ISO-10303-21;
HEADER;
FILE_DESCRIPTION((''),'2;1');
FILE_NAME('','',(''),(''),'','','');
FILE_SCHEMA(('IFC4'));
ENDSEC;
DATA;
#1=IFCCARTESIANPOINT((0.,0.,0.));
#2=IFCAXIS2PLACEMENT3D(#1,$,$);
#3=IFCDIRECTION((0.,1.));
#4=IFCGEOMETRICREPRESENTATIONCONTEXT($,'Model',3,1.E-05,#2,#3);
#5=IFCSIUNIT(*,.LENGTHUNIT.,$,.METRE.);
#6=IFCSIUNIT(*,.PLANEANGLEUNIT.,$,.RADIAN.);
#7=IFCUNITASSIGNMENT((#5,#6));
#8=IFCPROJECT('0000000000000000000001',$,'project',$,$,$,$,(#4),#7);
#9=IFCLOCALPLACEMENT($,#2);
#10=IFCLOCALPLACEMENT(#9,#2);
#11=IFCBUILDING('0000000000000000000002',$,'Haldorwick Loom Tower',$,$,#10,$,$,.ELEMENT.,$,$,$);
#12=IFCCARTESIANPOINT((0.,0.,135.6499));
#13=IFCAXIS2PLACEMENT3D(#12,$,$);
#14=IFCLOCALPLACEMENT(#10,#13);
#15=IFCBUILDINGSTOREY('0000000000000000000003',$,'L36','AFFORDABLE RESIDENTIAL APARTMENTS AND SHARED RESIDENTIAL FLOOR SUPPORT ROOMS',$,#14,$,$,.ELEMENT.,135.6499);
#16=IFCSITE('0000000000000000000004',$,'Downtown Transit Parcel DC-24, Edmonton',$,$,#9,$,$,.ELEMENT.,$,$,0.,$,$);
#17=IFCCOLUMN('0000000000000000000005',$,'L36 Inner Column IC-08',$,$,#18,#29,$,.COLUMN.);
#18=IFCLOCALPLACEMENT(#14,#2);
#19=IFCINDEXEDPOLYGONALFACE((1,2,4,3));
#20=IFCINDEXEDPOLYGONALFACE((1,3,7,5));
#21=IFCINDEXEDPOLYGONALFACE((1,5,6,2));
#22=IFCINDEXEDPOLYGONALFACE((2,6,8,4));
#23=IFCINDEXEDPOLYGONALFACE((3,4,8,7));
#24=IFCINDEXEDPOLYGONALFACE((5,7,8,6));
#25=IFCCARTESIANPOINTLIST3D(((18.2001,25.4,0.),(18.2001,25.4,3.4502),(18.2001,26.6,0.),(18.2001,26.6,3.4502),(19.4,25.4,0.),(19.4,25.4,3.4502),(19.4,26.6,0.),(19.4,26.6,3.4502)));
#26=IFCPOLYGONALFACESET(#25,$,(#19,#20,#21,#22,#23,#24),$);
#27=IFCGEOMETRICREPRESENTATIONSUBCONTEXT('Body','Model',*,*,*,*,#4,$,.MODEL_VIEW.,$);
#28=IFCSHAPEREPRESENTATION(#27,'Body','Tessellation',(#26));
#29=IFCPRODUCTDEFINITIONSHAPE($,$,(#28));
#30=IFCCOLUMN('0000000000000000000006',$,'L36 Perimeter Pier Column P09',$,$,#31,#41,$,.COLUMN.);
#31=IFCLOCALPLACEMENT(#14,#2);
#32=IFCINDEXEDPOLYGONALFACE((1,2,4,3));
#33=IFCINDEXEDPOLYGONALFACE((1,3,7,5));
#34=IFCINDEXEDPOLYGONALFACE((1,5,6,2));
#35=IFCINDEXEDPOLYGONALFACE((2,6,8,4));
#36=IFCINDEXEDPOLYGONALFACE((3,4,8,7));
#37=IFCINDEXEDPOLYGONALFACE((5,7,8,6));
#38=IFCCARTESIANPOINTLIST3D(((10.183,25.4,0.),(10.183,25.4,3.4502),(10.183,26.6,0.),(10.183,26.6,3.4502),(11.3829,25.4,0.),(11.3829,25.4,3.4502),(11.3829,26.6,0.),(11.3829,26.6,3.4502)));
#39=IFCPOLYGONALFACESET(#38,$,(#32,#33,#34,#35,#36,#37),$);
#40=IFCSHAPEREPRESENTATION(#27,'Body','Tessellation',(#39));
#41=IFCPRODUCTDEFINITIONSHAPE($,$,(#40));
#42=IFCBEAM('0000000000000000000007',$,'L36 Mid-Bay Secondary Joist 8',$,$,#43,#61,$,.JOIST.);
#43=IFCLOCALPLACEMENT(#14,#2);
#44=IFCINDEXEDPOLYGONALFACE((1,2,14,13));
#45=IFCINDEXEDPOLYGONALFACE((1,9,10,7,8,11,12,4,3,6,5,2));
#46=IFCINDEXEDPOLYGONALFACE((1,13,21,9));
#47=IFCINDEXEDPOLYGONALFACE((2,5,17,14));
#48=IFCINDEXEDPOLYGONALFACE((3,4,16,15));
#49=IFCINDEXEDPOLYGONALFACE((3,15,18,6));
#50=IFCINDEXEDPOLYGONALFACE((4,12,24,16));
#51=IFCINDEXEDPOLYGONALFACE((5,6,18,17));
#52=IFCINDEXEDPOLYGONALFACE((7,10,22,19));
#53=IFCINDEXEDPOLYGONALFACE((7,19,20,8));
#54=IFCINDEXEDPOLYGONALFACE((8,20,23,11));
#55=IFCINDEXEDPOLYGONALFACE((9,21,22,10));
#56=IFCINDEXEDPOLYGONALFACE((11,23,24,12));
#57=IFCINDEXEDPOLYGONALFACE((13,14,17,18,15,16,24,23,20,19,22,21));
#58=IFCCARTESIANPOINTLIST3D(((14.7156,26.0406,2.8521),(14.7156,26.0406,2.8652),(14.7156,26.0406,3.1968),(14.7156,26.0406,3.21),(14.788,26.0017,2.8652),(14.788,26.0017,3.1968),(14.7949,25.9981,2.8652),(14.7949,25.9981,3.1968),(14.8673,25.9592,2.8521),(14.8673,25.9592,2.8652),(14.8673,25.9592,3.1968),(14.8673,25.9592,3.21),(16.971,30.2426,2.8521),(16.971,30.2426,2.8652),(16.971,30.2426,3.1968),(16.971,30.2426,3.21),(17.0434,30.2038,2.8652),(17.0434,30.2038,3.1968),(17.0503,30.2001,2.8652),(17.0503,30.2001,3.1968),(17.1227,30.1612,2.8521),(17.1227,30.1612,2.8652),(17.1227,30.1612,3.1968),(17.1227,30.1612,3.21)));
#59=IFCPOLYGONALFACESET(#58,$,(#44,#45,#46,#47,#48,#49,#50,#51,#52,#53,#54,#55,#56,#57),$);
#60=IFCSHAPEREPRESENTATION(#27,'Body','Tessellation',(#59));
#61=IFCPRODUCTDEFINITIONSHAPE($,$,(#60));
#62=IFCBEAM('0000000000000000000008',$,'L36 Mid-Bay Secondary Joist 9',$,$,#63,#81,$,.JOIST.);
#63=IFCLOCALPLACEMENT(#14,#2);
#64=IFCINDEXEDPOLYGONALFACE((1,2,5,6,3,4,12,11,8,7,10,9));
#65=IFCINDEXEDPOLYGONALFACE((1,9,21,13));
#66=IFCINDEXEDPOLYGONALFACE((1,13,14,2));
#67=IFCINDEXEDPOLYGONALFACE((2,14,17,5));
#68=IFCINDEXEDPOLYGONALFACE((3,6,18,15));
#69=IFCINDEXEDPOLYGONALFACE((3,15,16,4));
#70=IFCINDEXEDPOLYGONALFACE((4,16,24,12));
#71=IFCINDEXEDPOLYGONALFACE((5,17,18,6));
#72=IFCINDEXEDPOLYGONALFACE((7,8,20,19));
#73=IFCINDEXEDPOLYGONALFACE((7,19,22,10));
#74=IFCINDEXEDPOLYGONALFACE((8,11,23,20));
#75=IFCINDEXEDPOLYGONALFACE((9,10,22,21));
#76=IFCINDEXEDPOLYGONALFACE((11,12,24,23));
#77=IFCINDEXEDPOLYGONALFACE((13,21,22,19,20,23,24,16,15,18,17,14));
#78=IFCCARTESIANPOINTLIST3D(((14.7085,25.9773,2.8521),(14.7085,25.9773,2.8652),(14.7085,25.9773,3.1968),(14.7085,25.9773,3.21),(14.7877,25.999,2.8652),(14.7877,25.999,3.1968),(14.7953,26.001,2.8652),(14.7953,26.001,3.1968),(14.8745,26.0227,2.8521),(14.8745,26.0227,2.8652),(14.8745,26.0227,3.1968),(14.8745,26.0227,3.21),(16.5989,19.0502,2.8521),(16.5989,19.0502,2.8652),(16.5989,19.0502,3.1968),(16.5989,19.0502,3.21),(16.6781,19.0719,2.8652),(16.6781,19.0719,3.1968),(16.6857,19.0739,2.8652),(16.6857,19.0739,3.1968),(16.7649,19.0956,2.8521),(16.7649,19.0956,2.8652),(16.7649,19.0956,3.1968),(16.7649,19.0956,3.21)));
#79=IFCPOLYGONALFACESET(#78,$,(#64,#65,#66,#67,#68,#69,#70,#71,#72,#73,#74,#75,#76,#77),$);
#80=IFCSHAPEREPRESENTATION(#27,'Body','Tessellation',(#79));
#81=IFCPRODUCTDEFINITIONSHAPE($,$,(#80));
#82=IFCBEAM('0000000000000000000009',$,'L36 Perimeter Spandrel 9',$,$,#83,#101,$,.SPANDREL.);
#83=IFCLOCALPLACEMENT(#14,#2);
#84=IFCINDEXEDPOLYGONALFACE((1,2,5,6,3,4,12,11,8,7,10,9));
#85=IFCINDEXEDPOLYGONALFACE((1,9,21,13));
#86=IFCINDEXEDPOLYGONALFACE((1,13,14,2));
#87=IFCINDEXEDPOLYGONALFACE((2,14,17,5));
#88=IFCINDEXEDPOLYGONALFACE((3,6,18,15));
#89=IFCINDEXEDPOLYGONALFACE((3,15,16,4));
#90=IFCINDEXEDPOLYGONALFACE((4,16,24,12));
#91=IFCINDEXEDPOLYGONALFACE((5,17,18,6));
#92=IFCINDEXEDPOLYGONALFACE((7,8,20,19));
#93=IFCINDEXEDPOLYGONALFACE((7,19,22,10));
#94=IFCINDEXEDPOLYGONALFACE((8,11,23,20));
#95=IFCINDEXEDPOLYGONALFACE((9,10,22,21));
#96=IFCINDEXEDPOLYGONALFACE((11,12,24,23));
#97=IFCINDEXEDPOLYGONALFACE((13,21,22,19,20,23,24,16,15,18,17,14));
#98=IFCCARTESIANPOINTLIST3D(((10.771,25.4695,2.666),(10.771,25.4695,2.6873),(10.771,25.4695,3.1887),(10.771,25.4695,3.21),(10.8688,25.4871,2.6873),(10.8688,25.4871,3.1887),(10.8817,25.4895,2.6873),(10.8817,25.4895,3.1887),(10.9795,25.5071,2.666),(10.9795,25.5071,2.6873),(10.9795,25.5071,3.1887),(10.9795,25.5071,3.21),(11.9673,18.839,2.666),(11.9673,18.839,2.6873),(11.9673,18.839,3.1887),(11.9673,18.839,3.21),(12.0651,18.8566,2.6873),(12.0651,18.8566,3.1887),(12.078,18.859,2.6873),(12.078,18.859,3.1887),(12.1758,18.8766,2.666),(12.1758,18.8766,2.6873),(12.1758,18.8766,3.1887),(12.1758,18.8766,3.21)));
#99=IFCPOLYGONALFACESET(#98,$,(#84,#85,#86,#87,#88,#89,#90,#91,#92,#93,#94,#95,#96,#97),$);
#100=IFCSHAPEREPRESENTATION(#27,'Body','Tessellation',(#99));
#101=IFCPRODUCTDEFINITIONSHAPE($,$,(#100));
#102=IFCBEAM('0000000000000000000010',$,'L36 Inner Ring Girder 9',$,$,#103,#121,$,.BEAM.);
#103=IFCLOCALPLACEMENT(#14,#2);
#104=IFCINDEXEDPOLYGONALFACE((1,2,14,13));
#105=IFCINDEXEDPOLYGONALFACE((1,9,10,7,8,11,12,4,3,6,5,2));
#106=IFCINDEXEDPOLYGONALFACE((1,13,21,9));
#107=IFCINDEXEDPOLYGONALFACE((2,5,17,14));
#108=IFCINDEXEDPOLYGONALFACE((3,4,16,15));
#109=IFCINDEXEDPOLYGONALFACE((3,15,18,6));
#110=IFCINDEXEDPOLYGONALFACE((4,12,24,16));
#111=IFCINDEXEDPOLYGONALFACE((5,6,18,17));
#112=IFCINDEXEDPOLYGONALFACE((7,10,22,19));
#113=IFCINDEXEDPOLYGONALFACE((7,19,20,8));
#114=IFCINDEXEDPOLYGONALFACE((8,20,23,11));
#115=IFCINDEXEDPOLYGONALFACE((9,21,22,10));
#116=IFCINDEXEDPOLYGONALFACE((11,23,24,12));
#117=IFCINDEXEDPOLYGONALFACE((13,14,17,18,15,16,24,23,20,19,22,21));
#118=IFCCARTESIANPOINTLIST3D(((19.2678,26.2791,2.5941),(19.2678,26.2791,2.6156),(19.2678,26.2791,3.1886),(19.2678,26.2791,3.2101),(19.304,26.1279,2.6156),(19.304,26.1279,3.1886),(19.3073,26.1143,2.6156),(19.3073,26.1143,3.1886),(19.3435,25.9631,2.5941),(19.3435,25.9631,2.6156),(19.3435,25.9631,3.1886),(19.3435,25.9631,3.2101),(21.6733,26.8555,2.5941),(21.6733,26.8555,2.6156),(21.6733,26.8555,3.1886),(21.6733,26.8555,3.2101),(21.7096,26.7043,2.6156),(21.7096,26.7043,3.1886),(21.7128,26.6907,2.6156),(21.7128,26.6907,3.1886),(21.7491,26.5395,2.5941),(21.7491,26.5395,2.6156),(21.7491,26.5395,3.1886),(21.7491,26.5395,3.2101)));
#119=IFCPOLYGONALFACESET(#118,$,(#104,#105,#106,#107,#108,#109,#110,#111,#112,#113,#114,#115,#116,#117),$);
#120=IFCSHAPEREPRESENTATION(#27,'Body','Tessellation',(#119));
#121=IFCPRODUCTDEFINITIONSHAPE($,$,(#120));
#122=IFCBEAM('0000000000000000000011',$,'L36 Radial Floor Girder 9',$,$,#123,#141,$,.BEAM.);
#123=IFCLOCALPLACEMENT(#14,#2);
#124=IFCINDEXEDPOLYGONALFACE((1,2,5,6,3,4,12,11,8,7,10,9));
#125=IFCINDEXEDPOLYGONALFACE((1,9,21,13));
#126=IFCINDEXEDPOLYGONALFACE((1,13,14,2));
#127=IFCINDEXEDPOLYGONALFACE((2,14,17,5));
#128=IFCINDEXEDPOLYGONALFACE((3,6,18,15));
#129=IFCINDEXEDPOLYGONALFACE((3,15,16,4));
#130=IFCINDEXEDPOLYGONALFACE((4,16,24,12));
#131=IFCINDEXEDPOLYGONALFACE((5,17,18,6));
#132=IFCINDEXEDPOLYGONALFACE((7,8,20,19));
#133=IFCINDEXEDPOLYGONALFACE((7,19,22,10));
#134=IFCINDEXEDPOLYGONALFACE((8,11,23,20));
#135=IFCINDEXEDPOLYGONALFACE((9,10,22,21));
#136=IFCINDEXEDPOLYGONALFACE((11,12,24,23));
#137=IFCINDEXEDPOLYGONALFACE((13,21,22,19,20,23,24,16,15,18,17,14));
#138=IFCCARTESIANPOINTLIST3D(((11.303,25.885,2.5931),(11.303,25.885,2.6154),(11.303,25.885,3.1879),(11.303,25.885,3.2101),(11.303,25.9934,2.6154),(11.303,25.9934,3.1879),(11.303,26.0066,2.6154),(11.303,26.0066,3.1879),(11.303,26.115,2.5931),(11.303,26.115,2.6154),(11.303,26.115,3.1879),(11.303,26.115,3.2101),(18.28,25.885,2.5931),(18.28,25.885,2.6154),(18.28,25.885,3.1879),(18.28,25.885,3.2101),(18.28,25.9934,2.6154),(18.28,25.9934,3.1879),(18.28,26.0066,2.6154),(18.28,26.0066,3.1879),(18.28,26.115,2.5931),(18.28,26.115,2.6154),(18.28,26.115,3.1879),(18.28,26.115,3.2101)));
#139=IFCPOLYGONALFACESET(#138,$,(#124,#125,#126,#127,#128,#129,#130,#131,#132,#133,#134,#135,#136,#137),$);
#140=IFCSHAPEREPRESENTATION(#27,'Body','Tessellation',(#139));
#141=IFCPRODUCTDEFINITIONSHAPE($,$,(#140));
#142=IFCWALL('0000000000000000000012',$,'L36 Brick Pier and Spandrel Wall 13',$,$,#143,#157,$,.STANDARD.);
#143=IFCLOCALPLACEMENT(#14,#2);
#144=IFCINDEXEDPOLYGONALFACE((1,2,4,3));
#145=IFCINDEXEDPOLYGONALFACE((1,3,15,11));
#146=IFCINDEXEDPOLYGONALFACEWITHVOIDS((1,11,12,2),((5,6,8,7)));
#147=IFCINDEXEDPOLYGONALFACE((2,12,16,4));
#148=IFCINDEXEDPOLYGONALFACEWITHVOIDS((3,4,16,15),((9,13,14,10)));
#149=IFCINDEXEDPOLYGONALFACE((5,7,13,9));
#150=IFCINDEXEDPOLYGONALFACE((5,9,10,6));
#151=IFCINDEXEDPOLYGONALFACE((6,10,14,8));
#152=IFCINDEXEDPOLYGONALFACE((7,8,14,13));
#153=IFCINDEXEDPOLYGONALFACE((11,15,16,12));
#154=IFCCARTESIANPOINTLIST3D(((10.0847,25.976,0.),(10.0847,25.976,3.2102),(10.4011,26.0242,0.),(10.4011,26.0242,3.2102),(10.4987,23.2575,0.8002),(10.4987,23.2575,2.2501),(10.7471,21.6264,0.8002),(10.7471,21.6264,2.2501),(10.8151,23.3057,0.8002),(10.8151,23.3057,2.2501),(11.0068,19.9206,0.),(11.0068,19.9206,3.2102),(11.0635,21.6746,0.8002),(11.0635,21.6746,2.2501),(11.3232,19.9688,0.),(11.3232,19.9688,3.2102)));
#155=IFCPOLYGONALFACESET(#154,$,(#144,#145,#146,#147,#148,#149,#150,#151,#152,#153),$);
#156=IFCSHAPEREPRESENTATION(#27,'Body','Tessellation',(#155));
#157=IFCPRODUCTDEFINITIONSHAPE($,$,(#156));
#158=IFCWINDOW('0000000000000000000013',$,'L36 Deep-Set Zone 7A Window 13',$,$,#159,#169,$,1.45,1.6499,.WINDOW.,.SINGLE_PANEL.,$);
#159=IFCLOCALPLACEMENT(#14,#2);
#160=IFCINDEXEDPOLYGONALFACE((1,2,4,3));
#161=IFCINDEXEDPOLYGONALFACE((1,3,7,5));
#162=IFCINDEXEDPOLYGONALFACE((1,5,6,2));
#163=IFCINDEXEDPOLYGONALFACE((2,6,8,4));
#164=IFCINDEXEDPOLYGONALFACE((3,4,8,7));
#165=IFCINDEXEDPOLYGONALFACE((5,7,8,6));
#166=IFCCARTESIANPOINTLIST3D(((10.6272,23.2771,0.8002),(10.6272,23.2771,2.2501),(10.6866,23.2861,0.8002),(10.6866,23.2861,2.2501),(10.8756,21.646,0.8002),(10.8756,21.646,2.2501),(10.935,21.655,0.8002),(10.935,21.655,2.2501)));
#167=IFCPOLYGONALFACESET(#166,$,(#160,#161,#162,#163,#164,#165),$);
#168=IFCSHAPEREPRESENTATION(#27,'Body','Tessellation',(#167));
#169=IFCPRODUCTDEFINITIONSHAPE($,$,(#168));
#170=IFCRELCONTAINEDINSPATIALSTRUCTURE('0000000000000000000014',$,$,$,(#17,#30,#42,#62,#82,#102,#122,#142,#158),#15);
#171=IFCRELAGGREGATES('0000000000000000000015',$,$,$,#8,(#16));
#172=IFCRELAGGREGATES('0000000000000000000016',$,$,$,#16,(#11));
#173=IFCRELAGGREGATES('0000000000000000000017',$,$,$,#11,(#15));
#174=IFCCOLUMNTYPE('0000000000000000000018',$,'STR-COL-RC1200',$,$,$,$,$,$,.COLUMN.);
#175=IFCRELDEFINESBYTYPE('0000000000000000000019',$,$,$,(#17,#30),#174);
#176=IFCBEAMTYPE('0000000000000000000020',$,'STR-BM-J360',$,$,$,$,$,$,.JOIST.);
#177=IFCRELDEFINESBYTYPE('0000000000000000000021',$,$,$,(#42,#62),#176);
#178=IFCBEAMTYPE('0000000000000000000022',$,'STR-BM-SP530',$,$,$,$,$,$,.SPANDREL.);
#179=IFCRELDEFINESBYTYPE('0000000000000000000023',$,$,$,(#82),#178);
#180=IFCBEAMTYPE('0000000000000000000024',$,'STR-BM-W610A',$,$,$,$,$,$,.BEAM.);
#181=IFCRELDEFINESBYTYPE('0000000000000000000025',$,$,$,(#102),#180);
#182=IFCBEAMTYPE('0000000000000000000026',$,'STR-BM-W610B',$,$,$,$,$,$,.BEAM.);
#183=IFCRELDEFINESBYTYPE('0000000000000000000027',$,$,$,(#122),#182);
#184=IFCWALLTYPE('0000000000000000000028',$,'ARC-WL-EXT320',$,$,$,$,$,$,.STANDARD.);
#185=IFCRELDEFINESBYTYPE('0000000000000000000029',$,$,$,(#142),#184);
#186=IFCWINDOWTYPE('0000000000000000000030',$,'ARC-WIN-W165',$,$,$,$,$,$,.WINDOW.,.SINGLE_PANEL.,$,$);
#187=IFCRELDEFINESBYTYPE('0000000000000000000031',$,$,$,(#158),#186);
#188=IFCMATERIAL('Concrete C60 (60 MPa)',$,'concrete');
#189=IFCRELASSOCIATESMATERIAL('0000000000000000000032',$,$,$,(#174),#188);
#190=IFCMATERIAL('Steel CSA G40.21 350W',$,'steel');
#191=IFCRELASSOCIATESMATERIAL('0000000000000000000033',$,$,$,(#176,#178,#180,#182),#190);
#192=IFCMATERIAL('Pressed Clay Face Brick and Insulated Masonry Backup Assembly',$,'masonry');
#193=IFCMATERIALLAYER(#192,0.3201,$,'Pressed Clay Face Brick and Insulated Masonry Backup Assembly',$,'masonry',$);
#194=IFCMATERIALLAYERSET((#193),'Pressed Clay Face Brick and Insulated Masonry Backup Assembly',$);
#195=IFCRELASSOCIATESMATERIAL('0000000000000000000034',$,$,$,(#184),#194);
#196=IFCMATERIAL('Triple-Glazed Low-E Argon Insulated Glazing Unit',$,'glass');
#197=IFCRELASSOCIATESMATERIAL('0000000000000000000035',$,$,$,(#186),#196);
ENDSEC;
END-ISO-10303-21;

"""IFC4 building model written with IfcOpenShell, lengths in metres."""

from ifc_helpers import new_model, si_unit, direction, frame, frame_2d, origin, origin_2d, place, context, subcontext, project, spatial, rectangle, i_section, extrude, material, layer, layer_set, material_profile, profile_set, type_object, element, fill, save


model = new_model("IFC4")

# Units and contexts
model_context = context("Model", 3, precision=1e-05, world=origin(), true_north=direction((0.0, 1.0)))
body_context = subcontext(model_context, "Body", "Model", "MODEL_VIEW")
ifc_project = project(units=[si_unit("LENGTHUNIT", "METRE"), si_unit("PLANEANGLEUNIT", "RADIAN")], contexts=[model_context])

# Site, building, storey
site_placement = place(None, origin())
site = spatial("IfcSite", under=ifc_project, at=site_placement, Name="Downtown Transit Parcel DC-24, Edmonton", CompositionType="ELEMENT", RefElevation=0.0)
building_placement = place(site_placement, origin())
building = spatial("IfcBuilding", under=site, at=building_placement, Name="Haldorwick Loom Tower", CompositionType="ELEMENT")
storey_placement = place(building_placement, frame((0.0, 0.0, 135.6499)))
storey = spatial("IfcBuildingStorey", under=building, at=storey_placement, Name="L36", Description="AFFORDABLE RESIDENTIAL APARTMENTS AND SHARED RESIDENTIAL FLOOR SUPPORT ROOMS", CompositionType="ELEMENT", Elevation=135.6499)

# Columns
ifc_material_1 = material(Name="Concrete C60 (60 MPa)", Category="concrete")
ifc_material_profile_1 = material_profile(ifc_material_1, rectangle(XDim=1.2, YDim=1.2, at=origin_2d()), Name="RC1200X1200", Category="concrete")
ifc_profile_set_1 = profile_set([ifc_material_profile_1], Name="Concrete C60 (60 MPa)")
column_type = type_object("IfcColumnType", Name="STR-COL-RC1200", PredefinedType="COLUMN", material=ifc_profile_set_1)
for number, where, z_axis, x_axis, name in (
    (1, (18.8, 26.0, 0.0), (0.0, 0.0, 1.0), (1.0, 0.0, 0.0), "L36 Inner Column IC-08"),
    (2, (10.783, 26.0, 0.0), (0.0, 0.0, 1.0), (-1.0, 0.0, 0.0), "L36 Perimeter Pier Column P09"),
):
    element("IfcColumn", number, at=place(storey_placement, frame(where, z_axis=z_axis, x_axis=x_axis)), inside=storey, type_object=column_type, Name=name, PredefinedType="COLUMN", context=body_context, shape_type="SweptSolid", body=[
        extrude(rectangle(XDim=1.2, YDim=1.2, at=origin_2d()), origin(), (0.0, 0.0, 1.0), 3.4502),
    ])

# Beams
ifc_material_2 = material(Name="Steel CSA G40.21 350W", Category="steel")
ifc_material_profile_2 = material_profile(ifc_material_2, i_section(OverallWidth=0.1721, OverallDepth=0.3579, WebThickness=0.0078, FlangeThickness=0.0132, at=origin_2d()), Name="W360X57", Category="steel")
ifc_profile_set_2 = profile_set([ifc_material_profile_2], Name="Steel CSA G40.21 350W")
beam_type_1 = type_object("IfcBeamType", Name="STR-BM-J360", PredefinedType="JOIST", material=ifc_profile_set_2)
beam_1_placement = place(storey_placement, frame((17.0469, 30.2019, 3.031), z_axis=(-0.47293, -0.8811, 0.0), x_axis=(0.8811, -0.47293, 0.0)))
element("IfcBeam", 3, at=beam_1_placement, inside=storey, type_object=beam_type_1, Name="L36 Mid-Bay Secondary Joist 8", PredefinedType="JOIST", context=body_context, shape_type="SweptSolid", body=[
    extrude(i_section(OverallWidth=0.1721, OverallDepth=0.3579, WebThickness=0.0078, FlangeThickness=0.0132, at=origin_2d()), origin(), (0.0, 0.0, 1.0), 4.769),
])
beam_2_placement = place(storey_placement, frame((14.7915, 26.0, 3.031), z_axis=(0.263273, -0.964721, 0.0), x_axis=(0.964721, 0.263273, 0.0)))
element("IfcBeam", 4, at=beam_2_placement, inside=storey, type_object=beam_type_1, Name="L36 Mid-Bay Secondary Joist 9", PredefinedType="JOIST", context=body_context, shape_type="SweptSolid", body=[
    extrude(i_section(OverallWidth=0.1721, OverallDepth=0.3579, WebThickness=0.0078, FlangeThickness=0.0132, at=origin_2d()), origin(), (0.0, 0.0, 1.0), 7.1804),
])
ifc_material_profile_3 = material_profile(ifc_material_2, i_section(OverallWidth=0.2119, OverallDepth=0.5439, WebThickness=0.0132, FlangeThickness=0.0212, at=origin_2d()), Name="W530X123", Category="steel")
ifc_profile_set_3 = profile_set([ifc_material_profile_3], Name="Steel CSA G40.21 350W")
beam_type_2 = type_object("IfcBeamType", Name="STR-BM-SP530", PredefinedType="SPANDREL", material=ifc_profile_set_3)
beam_3_placement = place(storey_placement, frame((10.8752, 25.4883, 2.938), z_axis=(0.177559, -0.98411, 0.0), x_axis=(0.98411, 0.177559, 0.0)))
element("IfcBeam", 5, at=beam_3_placement, inside=storey, type_object=beam_type_2, Name="L36 Perimeter Spandrel 9", PredefinedType="SPANDREL", context=body_context, shape_type="SweptSolid", body=[
    extrude(i_section(OverallWidth=0.2119, OverallDepth=0.5439, WebThickness=0.0132, FlangeThickness=0.0212, at=origin_2d()), origin(), (0.0, 0.0, 1.0), 6.7375),
])
ifc_material_profile_4 = material_profile(ifc_material_2, i_section(OverallWidth=0.325, OverallDepth=0.616, WebThickness=0.0139, FlangeThickness=0.0215, at=origin_2d()), Name="W610X174", Category="steel")
ifc_profile_set_4 = profile_set([ifc_material_profile_4], Name="Steel CSA G40.21 350W")
beam_type_3 = type_object("IfcBeamType", Name="STR-BM-W610A", PredefinedType="BEAM", material=ifc_profile_set_4)
beam_4_placement = place(storey_placement, frame((19.3057, 26.1211, 2.9021), z_axis=(0.972471, 0.233026, 0.0), x_axis=(-0.233026, 0.972471, 0.0)))
element("IfcBeam", 6, at=beam_4_placement, inside=storey, type_object=beam_type_3, Name="L36 Inner Ring Girder 9", PredefinedType="BEAM", context=body_context, shape_type="SweptSolid", body=[
    extrude(i_section(OverallWidth=0.325, OverallDepth=0.616, WebThickness=0.0139, FlangeThickness=0.0215, at=origin_2d()), origin(), (0.0, 0.0, 1.0), 2.4736),
])
ifc_material_profile_5 = material_profile(ifc_material_2, i_section(OverallWidth=0.23, OverallDepth=0.6169, WebThickness=0.0132, FlangeThickness=0.0222, at=origin_2d()), Name="W610X140", Category="steel")
ifc_profile_set_5 = profile_set([ifc_material_profile_5], Name="Steel CSA G40.21 350W")
beam_type_4 = type_object("IfcBeamType", Name="STR-BM-W610B", PredefinedType="BEAM", material=ifc_profile_set_5)
beam_5_placement = place(storey_placement, frame((18.28, 26.0, 2.9016), z_axis=(-1.0, 0.0, 0.0), x_axis=(0.0, -1.0, 0.0)))
element("IfcBeam", 7, at=beam_5_placement, inside=storey, type_object=beam_type_4, Name="L36 Radial Floor Girder 9", PredefinedType="BEAM", context=body_context, shape_type="SweptSolid", body=[
    extrude(i_section(OverallWidth=0.23, OverallDepth=0.6169, WebThickness=0.0132, FlangeThickness=0.0222, at=origin_2d()), origin(), (0.0, 0.0, 1.0), 6.9771),
])

# Wall, opening, window
ifc_material_3 = material(Name="Pressed Clay Face Brick and Insulated Masonry Backup Assembly", Category="masonry")
ifc_layer_1 = layer(ifc_material_3, 0.3201, Name="Pressed Clay Face Brick and Insulated Masonry Backup Assembly", Category="masonry")
ifc_layer_set_1 = layer_set([ifc_layer_1], Name="Pressed Clay Face Brick and Insulated Masonry Backup Assembly")
wall_type_1 = type_object("IfcWallType", Name="ARC-WL-EXT320", PredefinedType="STANDARD", material=ifc_layer_set_1)
wall_1_placement = place(storey_placement, frame((10.2429, 26.0, 0.0), z_axis=(0.0, 0.0, 1.0), x_axis=(0.150544, -0.988603, 0.0)))
wall_1 = element("IfcWall", 8, at=wall_1_placement, inside=storey, type_object=wall_type_1, Name="L36 Brick Pier and Spandrel Wall 13", PredefinedType="STANDARD", context=body_context, shape_type="SweptSolid", body=[
    extrude(rectangle(XDim=6.1252, YDim=0.3201, at=frame_2d((3.0625, 0.0))), origin(), (0.0, 0.0, 1.0), 3.2102),
])
opening_1_placement = place(wall_1_placement, frame((2.7498, 0.0, 0.8)))
opening_1 = element("IfcOpeningElement", 9, at=opening_1_placement, cuts=wall_1, PredefinedType="OPENING", context=body_context, shape_type="SweptSolid", body=[
    extrude(rectangle(XDim=1.6499, YDim=1.45, at=frame_2d((0.825, 0.7251))), frame((0.0, 0.1699, 0.0), z_axis=(0.0, -1.0, 0.0), x_axis=(1.0, 0.0, 0.0)), (0.0, 0.0, 1.0), 0.3401),
])
ifc_material_4 = material(Name="Triple-Glazed Low-E Argon Insulated Glazing Unit", Category="glass")
window_type = type_object("IfcWindowType", Name="ARC-WIN-W165", PartitioningType="SINGLE_PANEL", PredefinedType="WINDOW", material=ifc_material_4)
window_placement = place(opening_1_placement, origin())
window = element("IfcWindow", 10, at=window_placement, inside=storey, type_object=window_type, Name="L36 Deep-Set Zone 7A Window 13", OverallHeight=1.45, OverallWidth=1.6499, PartitioningType="SINGLE_PANEL", PredefinedType="WINDOW", context=body_context, shape_type="SweptSolid", body=[
    extrude(rectangle(XDim=1.6499, YDim=1.45, at=frame_2d((0.825, 0.7251))), frame((0.0, 0.03, 0.0), z_axis=(0.0, -1.0, 0.0), x_axis=(1.0, 0.0, 0.0)), (0.0, 0.0, 1.0), 0.0601),
])
fill(opening_1, window)

save(model, "model.ifc")
